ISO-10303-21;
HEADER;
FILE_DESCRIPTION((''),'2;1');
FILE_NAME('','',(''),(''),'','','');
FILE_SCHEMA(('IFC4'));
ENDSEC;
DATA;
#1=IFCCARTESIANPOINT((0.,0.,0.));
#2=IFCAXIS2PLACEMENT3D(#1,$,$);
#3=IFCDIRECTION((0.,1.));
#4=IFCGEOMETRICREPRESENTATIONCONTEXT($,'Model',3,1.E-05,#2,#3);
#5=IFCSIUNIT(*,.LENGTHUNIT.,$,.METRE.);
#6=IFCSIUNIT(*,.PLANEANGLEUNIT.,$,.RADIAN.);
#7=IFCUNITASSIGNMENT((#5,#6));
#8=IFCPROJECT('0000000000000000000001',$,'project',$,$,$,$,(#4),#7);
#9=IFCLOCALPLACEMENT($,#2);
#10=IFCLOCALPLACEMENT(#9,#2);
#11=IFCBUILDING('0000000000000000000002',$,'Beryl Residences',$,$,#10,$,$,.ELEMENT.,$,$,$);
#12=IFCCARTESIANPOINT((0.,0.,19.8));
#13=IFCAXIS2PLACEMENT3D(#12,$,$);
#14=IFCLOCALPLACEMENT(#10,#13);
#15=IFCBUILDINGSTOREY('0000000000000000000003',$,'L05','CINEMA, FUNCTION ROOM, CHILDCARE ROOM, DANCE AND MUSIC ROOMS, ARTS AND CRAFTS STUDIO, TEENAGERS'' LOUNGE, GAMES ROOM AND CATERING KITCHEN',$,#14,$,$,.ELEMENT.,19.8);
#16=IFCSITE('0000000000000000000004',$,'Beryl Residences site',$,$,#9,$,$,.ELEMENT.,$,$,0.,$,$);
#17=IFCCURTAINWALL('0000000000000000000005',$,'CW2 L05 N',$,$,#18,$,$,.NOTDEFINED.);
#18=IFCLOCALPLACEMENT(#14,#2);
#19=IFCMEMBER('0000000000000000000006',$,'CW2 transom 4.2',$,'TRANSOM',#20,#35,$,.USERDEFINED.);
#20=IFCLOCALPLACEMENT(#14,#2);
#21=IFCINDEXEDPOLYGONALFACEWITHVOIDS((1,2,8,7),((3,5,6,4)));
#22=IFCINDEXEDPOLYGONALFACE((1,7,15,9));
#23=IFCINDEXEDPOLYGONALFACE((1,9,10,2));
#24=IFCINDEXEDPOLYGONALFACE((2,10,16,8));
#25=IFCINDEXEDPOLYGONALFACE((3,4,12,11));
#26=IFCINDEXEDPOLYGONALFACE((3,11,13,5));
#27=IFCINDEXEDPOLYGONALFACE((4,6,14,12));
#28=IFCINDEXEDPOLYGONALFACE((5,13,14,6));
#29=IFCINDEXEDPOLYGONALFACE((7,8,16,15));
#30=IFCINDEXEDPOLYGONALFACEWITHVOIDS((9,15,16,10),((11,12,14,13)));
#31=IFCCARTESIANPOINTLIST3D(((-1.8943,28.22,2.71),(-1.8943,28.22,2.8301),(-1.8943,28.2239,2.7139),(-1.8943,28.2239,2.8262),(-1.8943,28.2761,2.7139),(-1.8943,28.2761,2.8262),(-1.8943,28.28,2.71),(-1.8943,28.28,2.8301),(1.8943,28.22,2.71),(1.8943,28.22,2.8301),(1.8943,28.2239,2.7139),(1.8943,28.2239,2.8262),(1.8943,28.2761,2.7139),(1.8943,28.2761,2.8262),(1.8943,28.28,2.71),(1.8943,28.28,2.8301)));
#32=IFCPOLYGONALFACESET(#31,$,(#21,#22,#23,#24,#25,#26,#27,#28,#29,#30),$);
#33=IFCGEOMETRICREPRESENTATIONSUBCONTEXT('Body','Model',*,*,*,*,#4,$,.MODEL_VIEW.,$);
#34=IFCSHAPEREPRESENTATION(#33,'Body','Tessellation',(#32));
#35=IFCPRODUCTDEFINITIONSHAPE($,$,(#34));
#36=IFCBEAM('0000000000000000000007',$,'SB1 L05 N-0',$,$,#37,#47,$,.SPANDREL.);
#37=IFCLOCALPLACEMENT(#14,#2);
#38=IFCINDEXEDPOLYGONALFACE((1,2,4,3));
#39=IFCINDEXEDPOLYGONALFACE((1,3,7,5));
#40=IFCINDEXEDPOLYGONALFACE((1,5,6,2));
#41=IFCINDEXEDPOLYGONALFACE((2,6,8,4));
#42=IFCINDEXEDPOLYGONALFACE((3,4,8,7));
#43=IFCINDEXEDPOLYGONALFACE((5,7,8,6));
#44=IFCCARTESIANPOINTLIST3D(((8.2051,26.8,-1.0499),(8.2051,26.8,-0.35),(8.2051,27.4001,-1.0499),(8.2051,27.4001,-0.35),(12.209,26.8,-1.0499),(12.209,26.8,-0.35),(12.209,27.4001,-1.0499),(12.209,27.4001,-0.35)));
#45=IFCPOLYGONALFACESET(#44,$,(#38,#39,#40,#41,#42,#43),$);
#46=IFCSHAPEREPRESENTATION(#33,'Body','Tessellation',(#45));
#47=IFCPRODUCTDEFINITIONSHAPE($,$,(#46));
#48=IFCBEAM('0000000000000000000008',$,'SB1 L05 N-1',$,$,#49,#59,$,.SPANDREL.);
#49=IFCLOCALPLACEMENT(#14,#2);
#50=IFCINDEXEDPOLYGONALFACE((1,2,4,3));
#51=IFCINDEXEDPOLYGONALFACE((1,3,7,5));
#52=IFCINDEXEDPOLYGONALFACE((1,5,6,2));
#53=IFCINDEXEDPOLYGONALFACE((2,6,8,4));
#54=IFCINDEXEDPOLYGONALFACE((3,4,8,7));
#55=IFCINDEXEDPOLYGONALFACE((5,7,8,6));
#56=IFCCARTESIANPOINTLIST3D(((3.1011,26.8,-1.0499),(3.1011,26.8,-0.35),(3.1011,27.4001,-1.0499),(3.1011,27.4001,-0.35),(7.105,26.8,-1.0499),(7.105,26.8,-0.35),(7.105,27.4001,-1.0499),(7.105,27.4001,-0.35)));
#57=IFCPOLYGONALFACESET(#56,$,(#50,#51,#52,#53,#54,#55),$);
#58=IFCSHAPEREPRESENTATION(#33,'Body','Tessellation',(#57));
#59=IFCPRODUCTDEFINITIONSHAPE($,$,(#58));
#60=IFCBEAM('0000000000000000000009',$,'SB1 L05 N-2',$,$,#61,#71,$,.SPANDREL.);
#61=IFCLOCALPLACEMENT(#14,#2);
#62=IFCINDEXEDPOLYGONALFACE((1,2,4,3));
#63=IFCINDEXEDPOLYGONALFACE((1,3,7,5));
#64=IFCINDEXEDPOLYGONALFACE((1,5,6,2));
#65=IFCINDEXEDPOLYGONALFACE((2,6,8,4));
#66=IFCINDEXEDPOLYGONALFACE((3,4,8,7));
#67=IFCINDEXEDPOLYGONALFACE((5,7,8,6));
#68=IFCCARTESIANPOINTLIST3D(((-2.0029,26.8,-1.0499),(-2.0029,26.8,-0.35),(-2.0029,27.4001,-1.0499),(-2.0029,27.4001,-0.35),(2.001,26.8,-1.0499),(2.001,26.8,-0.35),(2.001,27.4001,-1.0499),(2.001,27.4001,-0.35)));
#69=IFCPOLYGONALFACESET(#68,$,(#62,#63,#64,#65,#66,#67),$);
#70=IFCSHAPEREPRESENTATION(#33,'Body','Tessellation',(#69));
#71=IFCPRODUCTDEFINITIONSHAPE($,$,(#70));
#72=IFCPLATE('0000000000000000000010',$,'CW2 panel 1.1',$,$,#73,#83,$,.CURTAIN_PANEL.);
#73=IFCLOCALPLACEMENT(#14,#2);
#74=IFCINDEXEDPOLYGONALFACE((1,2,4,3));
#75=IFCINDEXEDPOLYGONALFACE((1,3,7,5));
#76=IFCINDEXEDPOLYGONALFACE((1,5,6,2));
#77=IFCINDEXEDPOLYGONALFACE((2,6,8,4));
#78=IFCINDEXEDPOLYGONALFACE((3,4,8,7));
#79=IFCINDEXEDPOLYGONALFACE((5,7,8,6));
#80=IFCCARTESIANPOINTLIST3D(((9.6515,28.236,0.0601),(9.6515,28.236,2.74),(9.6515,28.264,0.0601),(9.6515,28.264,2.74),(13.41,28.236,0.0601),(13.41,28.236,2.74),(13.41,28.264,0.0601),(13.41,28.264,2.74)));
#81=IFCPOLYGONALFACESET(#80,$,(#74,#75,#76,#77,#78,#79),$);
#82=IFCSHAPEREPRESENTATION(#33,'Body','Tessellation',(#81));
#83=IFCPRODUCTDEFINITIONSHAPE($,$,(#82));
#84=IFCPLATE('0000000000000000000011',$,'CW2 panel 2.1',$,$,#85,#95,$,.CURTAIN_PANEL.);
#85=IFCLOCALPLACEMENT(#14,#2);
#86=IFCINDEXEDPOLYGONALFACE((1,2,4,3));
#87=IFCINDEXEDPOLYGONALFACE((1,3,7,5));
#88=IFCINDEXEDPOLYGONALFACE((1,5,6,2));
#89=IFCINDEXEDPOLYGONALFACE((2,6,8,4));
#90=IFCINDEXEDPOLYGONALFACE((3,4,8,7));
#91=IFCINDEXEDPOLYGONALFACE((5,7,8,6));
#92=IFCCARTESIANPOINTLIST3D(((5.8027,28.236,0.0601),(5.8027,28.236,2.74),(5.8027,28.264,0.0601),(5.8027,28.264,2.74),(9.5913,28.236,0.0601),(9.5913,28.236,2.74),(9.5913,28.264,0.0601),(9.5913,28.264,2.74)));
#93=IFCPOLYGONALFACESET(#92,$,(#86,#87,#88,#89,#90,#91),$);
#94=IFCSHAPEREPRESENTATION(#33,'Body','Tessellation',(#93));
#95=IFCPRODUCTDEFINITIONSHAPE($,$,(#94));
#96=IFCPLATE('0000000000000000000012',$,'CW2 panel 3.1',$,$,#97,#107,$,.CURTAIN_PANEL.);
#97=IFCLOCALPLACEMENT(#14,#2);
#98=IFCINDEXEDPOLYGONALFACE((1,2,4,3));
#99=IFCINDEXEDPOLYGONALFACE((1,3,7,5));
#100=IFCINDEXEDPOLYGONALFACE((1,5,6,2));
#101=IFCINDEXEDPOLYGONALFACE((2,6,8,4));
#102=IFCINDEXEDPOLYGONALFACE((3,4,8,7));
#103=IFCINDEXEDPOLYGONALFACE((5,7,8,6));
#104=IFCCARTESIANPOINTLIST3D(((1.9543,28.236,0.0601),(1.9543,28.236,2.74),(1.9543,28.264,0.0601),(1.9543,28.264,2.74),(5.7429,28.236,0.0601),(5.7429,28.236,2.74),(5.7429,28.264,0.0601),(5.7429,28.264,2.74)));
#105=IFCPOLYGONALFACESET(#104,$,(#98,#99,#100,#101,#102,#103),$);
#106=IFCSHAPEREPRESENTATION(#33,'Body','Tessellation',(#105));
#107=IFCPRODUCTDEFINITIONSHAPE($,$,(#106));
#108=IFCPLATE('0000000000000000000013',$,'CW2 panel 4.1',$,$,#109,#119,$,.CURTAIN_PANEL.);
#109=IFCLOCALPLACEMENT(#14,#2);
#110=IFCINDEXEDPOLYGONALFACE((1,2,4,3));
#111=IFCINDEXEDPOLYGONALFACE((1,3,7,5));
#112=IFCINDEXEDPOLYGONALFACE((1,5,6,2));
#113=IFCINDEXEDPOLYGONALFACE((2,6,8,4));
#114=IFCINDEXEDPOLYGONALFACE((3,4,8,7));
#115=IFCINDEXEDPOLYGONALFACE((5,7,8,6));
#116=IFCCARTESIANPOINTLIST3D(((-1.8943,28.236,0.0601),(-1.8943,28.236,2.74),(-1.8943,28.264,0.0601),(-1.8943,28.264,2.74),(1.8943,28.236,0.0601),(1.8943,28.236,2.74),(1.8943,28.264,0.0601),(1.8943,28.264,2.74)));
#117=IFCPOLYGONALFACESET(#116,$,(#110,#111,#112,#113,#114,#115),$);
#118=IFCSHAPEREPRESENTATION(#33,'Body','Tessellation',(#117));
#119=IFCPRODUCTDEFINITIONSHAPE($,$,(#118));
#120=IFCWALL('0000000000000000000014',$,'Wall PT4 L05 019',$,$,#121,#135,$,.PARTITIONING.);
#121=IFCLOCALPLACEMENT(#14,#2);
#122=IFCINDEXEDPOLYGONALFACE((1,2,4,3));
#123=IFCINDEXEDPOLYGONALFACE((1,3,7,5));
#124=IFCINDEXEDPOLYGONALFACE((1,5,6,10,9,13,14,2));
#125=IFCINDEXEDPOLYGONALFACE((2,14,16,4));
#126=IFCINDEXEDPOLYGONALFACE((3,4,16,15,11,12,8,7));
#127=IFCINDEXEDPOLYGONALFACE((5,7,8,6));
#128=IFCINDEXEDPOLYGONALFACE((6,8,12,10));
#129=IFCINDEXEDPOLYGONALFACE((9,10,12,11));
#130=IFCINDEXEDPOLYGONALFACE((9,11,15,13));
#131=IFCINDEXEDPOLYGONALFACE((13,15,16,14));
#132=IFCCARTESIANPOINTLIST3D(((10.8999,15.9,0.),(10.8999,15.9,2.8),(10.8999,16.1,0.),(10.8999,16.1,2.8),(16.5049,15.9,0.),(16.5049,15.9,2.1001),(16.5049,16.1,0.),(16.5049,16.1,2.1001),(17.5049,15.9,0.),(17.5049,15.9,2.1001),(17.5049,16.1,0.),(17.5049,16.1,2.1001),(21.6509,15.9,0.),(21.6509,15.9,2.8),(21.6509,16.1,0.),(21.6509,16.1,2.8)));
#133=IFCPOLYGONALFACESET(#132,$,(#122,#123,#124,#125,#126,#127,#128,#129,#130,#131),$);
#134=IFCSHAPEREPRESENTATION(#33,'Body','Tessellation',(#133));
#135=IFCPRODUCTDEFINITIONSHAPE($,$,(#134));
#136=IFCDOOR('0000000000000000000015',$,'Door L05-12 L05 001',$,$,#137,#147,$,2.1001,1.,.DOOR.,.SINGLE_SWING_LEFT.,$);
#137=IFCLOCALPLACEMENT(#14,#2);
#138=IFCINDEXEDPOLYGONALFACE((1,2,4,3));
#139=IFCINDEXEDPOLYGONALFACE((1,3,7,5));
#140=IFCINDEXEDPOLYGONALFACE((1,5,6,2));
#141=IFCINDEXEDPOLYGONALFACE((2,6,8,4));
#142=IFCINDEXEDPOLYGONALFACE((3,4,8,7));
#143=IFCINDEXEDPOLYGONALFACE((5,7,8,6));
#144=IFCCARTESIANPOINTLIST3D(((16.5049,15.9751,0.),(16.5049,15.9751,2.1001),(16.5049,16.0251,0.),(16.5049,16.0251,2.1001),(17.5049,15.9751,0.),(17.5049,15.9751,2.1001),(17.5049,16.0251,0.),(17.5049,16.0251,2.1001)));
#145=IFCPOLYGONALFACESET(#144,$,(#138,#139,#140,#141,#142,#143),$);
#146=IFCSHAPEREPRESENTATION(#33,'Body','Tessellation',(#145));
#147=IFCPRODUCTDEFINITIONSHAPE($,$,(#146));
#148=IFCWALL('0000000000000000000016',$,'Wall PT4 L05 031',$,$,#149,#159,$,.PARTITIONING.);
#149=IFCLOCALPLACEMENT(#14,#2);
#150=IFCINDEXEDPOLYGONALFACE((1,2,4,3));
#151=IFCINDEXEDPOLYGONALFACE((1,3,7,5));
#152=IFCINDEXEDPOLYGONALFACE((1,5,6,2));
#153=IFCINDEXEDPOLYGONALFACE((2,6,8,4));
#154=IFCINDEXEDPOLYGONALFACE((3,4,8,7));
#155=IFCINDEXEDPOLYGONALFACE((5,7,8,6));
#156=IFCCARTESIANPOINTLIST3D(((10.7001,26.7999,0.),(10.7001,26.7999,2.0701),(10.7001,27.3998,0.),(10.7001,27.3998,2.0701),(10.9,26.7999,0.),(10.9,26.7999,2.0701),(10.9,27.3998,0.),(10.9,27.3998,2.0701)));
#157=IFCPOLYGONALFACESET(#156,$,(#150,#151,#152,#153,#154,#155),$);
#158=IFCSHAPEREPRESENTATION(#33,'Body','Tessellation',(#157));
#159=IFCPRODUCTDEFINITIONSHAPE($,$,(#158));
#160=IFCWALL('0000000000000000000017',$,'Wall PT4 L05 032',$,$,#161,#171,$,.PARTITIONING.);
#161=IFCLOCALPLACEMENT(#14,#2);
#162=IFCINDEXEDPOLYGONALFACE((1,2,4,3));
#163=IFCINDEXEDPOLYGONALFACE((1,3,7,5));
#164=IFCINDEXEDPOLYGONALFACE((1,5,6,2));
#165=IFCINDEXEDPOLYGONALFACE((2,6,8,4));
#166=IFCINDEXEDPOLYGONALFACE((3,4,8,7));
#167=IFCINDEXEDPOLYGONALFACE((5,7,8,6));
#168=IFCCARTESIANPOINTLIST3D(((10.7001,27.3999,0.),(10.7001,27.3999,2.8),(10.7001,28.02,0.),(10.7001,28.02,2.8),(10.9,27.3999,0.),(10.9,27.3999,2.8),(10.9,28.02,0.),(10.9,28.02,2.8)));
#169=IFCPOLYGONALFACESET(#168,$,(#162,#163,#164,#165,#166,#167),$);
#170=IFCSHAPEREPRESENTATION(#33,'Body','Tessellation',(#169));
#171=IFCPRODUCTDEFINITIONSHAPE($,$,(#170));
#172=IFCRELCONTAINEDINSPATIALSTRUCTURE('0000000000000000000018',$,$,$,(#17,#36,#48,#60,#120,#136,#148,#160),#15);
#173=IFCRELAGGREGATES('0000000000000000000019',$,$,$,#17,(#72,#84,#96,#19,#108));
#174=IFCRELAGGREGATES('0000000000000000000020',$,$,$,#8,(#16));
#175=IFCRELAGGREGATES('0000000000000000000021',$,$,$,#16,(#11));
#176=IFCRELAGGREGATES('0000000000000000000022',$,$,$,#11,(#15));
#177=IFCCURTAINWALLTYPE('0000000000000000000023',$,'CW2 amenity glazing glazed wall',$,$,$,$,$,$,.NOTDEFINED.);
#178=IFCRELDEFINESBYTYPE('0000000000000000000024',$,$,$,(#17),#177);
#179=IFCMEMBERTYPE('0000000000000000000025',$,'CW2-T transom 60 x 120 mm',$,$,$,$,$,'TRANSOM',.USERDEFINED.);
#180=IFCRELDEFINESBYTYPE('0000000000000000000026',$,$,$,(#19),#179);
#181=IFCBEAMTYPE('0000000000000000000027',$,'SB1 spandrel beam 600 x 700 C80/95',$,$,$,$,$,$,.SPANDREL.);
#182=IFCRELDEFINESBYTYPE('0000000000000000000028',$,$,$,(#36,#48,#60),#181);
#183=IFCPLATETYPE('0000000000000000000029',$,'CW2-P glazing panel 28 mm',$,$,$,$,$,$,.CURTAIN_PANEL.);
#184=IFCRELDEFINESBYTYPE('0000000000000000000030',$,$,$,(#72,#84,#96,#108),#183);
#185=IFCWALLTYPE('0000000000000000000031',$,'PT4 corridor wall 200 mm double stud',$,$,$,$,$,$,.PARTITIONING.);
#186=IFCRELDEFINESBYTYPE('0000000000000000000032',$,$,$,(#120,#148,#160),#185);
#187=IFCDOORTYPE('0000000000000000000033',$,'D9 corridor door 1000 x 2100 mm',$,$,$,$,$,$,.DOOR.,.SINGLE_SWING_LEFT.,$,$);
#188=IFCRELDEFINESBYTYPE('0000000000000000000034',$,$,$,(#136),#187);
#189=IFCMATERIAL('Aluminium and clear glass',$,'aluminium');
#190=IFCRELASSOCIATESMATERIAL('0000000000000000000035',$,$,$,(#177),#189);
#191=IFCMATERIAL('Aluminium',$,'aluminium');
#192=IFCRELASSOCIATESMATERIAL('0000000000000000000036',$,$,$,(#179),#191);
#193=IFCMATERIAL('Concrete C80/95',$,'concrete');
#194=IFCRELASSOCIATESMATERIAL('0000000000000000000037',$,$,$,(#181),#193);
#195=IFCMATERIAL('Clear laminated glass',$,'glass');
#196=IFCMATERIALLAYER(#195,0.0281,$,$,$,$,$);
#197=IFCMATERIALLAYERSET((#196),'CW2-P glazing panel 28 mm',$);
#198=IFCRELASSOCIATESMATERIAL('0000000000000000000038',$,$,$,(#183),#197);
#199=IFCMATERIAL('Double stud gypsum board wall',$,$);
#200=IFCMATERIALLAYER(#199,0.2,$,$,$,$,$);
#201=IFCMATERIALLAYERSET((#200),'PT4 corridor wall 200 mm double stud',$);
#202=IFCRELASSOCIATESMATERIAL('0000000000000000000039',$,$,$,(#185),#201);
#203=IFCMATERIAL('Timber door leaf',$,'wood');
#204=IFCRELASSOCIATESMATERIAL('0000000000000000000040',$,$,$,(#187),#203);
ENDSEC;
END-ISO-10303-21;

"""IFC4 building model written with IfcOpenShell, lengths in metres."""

from ifc_helpers import new_model, si_unit, direction, frame, frame_2d, origin, origin_2d, place, context, subcontext, project, spatial, rectangle, hollow_rectangle, extrude, material, layer, layer_set, material_profile, profile_set, type_object, element, fill, aggregate, save


model = new_model("IFC4")

# Units and contexts
model_context = context("Model", 3, precision=1e-05, world=origin(), true_north=direction((0.0, 1.0)))
body_context = subcontext(model_context, "Body", "Model", "MODEL_VIEW")
ifc_project = project(units=[si_unit("LENGTHUNIT", "METRE"), si_unit("PLANEANGLEUNIT", "RADIAN")], contexts=[model_context])

# Site, building, storey
site_placement = place(None, origin())
site = spatial("IfcSite", under=ifc_project, at=site_placement, Name="Beryl Residences site", CompositionType="ELEMENT", RefElevation=0.0)
building_placement = place(site_placement, origin())
building = spatial("IfcBuilding", under=site, at=building_placement, Name="Beryl Residences", CompositionType="ELEMENT")
storey_placement = place(building_placement, frame((0.0, 0.0, 19.8)))
storey = spatial("IfcBuildingStorey", under=building, at=storey_placement, Name="L05", Description="CINEMA, FUNCTION ROOM, CHILDCARE ROOM, DANCE AND MUSIC ROOMS, ARTS AND CRAFTS STUDIO, TEENAGERS' LOUNGE, GAMES ROOM AND CATERING KITCHEN", CompositionType="ELEMENT", Elevation=19.8)

# Curtain wall, member
ifc_material_1 = material(Name="Aluminium and clear glass", Category="aluminium")
curtain_wall_type = type_object("IfcCurtainWallType", Name="CW2 amenity glazing glazed wall", PredefinedType="NOTDEFINED", material=ifc_material_1)
curtain_wall_placement = place(storey_placement, origin())
curtain_wall = element("IfcCurtainWall", 1, at=curtain_wall_placement, inside=storey, type_object=curtain_wall_type, Name="CW2 L05 N", PredefinedType="NOTDEFINED")
ifc_material_2 = material(Name="Aluminium", Category="aluminium")
ifc_material_profile_1 = material_profile(ifc_material_2, hollow_rectangle(XDim=0.0601, YDim=0.1201, WallThickness=0.0039, at=origin_2d()))
ifc_profile_set_1 = profile_set([ifc_material_profile_1], Name="Aluminium")
member_type_1 = type_object("IfcMemberType", Name="CW2-T transom 60 x 120 mm", ElementType="TRANSOM", PredefinedType="USERDEFINED", material=ifc_profile_set_1)
member_1_placement = place(storey_placement, frame((1.8943, 28.25, 2.77), z_axis=(-1.0, 0.0, 0.0), x_axis=(0.0, -1.0, 0.0)))
member_1 = element("IfcMember", 2, at=member_1_placement, type_object=member_type_1, Name="CW2 transom 4.2", ObjectType="TRANSOM", PredefinedType="USERDEFINED", context=body_context, shape_type="SweptSolid", body=[
    extrude(hollow_rectangle(XDim=0.0601, YDim=0.1201, WallThickness=0.0039, at=origin_2d()), origin(), (0.0, 0.0, 1.0), 3.7886),
])

# Beams
ifc_material_3 = material(Name="Concrete C80/95", Category="concrete")
ifc_material_profile_2 = material_profile(ifc_material_3, rectangle(XDim=0.6001, YDim=0.7, at=origin_2d()))
ifc_profile_set_2 = profile_set([ifc_material_profile_2], Name="Concrete C80/95")
beam_type = type_object("IfcBeamType", Name="SB1 spandrel beam 600 x 700 C80/95", PredefinedType="SPANDREL", material=ifc_profile_set_2)
for number, where, z_axis, x_axis, name in (
    (3, (12.209, 27.1001, -0.7), (-1.0, 0.0, 0.0), (0.0, -1.0, 0.0), "SB1 L05 N-0"),
    (4, (7.105, 27.1001, -0.7), (-1.0, 0.0, 0.0), (0.0, -1.0, 0.0), "SB1 L05 N-1"),
    (5, (2.001, 27.1001, -0.7), (-1.0, 0.0, 0.0), (0.0, -1.0, 0.0), "SB1 L05 N-2"),
):
    element("IfcBeam", number, at=place(storey_placement, frame(where, z_axis=z_axis, x_axis=x_axis)), inside=storey, type_object=beam_type, Name=name, PredefinedType="SPANDREL", context=body_context, shape_type="SweptSolid", body=[
        extrude(rectangle(XDim=0.6001, YDim=0.7, at=origin_2d()), origin(), (0.0, 0.0, 1.0), 4.0039),
    ])

# Plates
ifc_material_4 = material(Name="Clear laminated glass", Category="glass")
ifc_layer_1 = layer(ifc_material_4, 0.0281)
ifc_layer_set_1 = layer_set([ifc_layer_1], Name="CW2-P glazing panel 28 mm")
plate_type = type_object("IfcPlateType", Name="CW2-P glazing panel 28 mm", PredefinedType="CURTAIN_PANEL", material=ifc_layer_set_1)
plate_1_placement = place(storey_placement, frame((11.5308, 28.25, 0.0601), z_axis=(0.0, 0.0, 1.0), x_axis=(-1.0, 0.0, 0.0)))
plate_1 = element("IfcPlate", 6, at=plate_1_placement, type_object=plate_type, Name="CW2 panel 1.1", PredefinedType="CURTAIN_PANEL", context=body_context, shape_type="SweptSolid", body=[
    extrude(rectangle(XDim=3.7585, YDim=0.0281, at=origin_2d()), origin(), (0.0, 0.0, 1.0), 2.6799),
])
plate_2_placement = place(storey_placement, frame((7.697, 28.25, 0.0601), z_axis=(0.0, 0.0, 1.0), x_axis=(-1.0, 0.0, 0.0)))
plate_2 = element("IfcPlate", 7, at=plate_2_placement, type_object=plate_type, Name="CW2 panel 2.1", PredefinedType="CURTAIN_PANEL", context=body_context, shape_type="SweptSolid", body=[
    extrude(rectangle(XDim=3.7886, YDim=0.0281, at=origin_2d()), origin(), (0.0, 0.0, 1.0), 2.6799),
])
plate_3_placement = place(storey_placement, frame((3.8486, 28.25, 0.0601), z_axis=(0.0, 0.0, 1.0), x_axis=(-1.0, 0.0, 0.0)))
plate_3 = element("IfcPlate", 8, at=plate_3_placement, type_object=plate_type, Name="CW2 panel 3.1", PredefinedType="CURTAIN_PANEL", context=body_context, shape_type="SweptSolid", body=[
    extrude(rectangle(XDim=3.7886, YDim=0.0281, at=origin_2d()), origin(), (0.0, 0.0, 1.0), 2.6799),
])
plate_4_placement = place(storey_placement, frame((0.0, 28.25, 0.0601), z_axis=(0.0, 0.0, 1.0), x_axis=(-1.0, 0.0, 0.0)))
plate_4 = element("IfcPlate", 9, at=plate_4_placement, type_object=plate_type, Name="CW2 panel 4.1", PredefinedType="CURTAIN_PANEL", context=body_context, shape_type="SweptSolid", body=[
    extrude(rectangle(XDim=3.7886, YDim=0.0281, at=origin_2d()), origin(), (0.0, 0.0, 1.0), 2.6799),
])
aggregate(curtain_wall, [plate_1, plate_2, plate_3, member_1, plate_4])

# Wall, opening, door
ifc_material_5 = material(Name="Double stud gypsum board wall")
ifc_layer_2 = layer(ifc_material_5, 0.2)
ifc_layer_set_2 = layer_set([ifc_layer_2], Name="PT4 corridor wall 200 mm double stud")
wall_type = type_object("IfcWallType", Name="PT4 corridor wall 200 mm double stud", PredefinedType="PARTITIONING", material=ifc_layer_set_2)
wall_1_placement = place(storey_placement, frame((10.8999, 16.0, 0.0), z_axis=(0.0, 0.0, 1.0), x_axis=(1.0, 0.0, 0.0)))
wall_1 = element("IfcWall", 10, at=wall_1_placement, inside=storey, type_object=wall_type, Name="Wall PT4 L05 019", PredefinedType="PARTITIONING", context=body_context, shape_type="SweptSolid", body=[
    extrude(rectangle(XDim=10.751, YDim=0.2, at=frame_2d((5.3755, 0.0))), origin(), (0.0, 0.0, 1.0), 2.8),
])
opening_placement = place(wall_1_placement, frame((6.605, 0.0, 0.0), z_axis=(0.0, 0.0, 1.0), x_axis=(-1.0, 0.0, 0.0)))
opening = element("IfcOpeningElement", 11, at=opening_placement, cuts=wall_1, PredefinedType="OPENING", context=body_context, shape_type="SweptSolid", body=[
    extrude(rectangle(XDim=1.0, YDim=2.1001, at=frame_2d((0.5, 1.05))), frame((0.0, 0.1099, 0.0), z_axis=(0.0, -1.0, 0.0), x_axis=(1.0, 0.0, 0.0)), (0.0, 0.0, 1.0), 0.22),
])
ifc_material_6 = material(Name="Timber door leaf", Category="wood")
door_type = type_object("IfcDoorType", Name="D9 corridor door 1000 x 2100 mm", OperationType="SINGLE_SWING_LEFT", PredefinedType="DOOR", material=ifc_material_6)
door_placement = place(opening_placement, origin())
door = element("IfcDoor", 12, at=door_placement, inside=storey, type_object=door_type, Name="Door L05-12 L05 001", OperationType="SINGLE_SWING_LEFT", OverallHeight=2.1001, OverallWidth=1.0, PredefinedType="DOOR", context=body_context, shape_type="SweptSolid", body=[
    extrude(rectangle(XDim=1.0, YDim=2.1001, at=frame_2d((0.5, 1.05))), frame((0.0, 0.0249, 0.0), z_axis=(0.0, -1.0, 0.0), x_axis=(1.0, 0.0, 0.0)), (0.0, 0.0, 1.0), 0.05),
])
fill(opening, door)

# Walls
wall_2_placement = place(storey_placement, frame((10.8, 26.8, 0.0), z_axis=(0.0, 0.0, 1.0), x_axis=(0.0, 1.0, 0.0)))
element("IfcWall", 13, at=wall_2_placement, inside=storey, type_object=wall_type, Name="Wall PT4 L05 031", PredefinedType="PARTITIONING", context=body_context, shape_type="SweptSolid", body=[
    extrude(rectangle(XDim=0.5999, YDim=0.2, at=frame_2d((0.2998, 0.0))), origin(), (0.0, 0.0, 1.0), 2.0701),
])
wall_3_placement = place(storey_placement, frame((10.8, 27.3999, 0.0), z_axis=(0.0, 0.0, 1.0), x_axis=(0.0, 1.0, 0.0)))
element("IfcWall", 14, at=wall_3_placement, inside=storey, type_object=wall_type, Name="Wall PT4 L05 032", PredefinedType="PARTITIONING", context=body_context, shape_type="SweptSolid", body=[
    extrude(rectangle(XDim=0.6201, YDim=0.2, at=frame_2d((0.3101, 0.0))), origin(), (0.0, 0.0, 1.0), 2.8),
])

save(model, "model.ifc")
